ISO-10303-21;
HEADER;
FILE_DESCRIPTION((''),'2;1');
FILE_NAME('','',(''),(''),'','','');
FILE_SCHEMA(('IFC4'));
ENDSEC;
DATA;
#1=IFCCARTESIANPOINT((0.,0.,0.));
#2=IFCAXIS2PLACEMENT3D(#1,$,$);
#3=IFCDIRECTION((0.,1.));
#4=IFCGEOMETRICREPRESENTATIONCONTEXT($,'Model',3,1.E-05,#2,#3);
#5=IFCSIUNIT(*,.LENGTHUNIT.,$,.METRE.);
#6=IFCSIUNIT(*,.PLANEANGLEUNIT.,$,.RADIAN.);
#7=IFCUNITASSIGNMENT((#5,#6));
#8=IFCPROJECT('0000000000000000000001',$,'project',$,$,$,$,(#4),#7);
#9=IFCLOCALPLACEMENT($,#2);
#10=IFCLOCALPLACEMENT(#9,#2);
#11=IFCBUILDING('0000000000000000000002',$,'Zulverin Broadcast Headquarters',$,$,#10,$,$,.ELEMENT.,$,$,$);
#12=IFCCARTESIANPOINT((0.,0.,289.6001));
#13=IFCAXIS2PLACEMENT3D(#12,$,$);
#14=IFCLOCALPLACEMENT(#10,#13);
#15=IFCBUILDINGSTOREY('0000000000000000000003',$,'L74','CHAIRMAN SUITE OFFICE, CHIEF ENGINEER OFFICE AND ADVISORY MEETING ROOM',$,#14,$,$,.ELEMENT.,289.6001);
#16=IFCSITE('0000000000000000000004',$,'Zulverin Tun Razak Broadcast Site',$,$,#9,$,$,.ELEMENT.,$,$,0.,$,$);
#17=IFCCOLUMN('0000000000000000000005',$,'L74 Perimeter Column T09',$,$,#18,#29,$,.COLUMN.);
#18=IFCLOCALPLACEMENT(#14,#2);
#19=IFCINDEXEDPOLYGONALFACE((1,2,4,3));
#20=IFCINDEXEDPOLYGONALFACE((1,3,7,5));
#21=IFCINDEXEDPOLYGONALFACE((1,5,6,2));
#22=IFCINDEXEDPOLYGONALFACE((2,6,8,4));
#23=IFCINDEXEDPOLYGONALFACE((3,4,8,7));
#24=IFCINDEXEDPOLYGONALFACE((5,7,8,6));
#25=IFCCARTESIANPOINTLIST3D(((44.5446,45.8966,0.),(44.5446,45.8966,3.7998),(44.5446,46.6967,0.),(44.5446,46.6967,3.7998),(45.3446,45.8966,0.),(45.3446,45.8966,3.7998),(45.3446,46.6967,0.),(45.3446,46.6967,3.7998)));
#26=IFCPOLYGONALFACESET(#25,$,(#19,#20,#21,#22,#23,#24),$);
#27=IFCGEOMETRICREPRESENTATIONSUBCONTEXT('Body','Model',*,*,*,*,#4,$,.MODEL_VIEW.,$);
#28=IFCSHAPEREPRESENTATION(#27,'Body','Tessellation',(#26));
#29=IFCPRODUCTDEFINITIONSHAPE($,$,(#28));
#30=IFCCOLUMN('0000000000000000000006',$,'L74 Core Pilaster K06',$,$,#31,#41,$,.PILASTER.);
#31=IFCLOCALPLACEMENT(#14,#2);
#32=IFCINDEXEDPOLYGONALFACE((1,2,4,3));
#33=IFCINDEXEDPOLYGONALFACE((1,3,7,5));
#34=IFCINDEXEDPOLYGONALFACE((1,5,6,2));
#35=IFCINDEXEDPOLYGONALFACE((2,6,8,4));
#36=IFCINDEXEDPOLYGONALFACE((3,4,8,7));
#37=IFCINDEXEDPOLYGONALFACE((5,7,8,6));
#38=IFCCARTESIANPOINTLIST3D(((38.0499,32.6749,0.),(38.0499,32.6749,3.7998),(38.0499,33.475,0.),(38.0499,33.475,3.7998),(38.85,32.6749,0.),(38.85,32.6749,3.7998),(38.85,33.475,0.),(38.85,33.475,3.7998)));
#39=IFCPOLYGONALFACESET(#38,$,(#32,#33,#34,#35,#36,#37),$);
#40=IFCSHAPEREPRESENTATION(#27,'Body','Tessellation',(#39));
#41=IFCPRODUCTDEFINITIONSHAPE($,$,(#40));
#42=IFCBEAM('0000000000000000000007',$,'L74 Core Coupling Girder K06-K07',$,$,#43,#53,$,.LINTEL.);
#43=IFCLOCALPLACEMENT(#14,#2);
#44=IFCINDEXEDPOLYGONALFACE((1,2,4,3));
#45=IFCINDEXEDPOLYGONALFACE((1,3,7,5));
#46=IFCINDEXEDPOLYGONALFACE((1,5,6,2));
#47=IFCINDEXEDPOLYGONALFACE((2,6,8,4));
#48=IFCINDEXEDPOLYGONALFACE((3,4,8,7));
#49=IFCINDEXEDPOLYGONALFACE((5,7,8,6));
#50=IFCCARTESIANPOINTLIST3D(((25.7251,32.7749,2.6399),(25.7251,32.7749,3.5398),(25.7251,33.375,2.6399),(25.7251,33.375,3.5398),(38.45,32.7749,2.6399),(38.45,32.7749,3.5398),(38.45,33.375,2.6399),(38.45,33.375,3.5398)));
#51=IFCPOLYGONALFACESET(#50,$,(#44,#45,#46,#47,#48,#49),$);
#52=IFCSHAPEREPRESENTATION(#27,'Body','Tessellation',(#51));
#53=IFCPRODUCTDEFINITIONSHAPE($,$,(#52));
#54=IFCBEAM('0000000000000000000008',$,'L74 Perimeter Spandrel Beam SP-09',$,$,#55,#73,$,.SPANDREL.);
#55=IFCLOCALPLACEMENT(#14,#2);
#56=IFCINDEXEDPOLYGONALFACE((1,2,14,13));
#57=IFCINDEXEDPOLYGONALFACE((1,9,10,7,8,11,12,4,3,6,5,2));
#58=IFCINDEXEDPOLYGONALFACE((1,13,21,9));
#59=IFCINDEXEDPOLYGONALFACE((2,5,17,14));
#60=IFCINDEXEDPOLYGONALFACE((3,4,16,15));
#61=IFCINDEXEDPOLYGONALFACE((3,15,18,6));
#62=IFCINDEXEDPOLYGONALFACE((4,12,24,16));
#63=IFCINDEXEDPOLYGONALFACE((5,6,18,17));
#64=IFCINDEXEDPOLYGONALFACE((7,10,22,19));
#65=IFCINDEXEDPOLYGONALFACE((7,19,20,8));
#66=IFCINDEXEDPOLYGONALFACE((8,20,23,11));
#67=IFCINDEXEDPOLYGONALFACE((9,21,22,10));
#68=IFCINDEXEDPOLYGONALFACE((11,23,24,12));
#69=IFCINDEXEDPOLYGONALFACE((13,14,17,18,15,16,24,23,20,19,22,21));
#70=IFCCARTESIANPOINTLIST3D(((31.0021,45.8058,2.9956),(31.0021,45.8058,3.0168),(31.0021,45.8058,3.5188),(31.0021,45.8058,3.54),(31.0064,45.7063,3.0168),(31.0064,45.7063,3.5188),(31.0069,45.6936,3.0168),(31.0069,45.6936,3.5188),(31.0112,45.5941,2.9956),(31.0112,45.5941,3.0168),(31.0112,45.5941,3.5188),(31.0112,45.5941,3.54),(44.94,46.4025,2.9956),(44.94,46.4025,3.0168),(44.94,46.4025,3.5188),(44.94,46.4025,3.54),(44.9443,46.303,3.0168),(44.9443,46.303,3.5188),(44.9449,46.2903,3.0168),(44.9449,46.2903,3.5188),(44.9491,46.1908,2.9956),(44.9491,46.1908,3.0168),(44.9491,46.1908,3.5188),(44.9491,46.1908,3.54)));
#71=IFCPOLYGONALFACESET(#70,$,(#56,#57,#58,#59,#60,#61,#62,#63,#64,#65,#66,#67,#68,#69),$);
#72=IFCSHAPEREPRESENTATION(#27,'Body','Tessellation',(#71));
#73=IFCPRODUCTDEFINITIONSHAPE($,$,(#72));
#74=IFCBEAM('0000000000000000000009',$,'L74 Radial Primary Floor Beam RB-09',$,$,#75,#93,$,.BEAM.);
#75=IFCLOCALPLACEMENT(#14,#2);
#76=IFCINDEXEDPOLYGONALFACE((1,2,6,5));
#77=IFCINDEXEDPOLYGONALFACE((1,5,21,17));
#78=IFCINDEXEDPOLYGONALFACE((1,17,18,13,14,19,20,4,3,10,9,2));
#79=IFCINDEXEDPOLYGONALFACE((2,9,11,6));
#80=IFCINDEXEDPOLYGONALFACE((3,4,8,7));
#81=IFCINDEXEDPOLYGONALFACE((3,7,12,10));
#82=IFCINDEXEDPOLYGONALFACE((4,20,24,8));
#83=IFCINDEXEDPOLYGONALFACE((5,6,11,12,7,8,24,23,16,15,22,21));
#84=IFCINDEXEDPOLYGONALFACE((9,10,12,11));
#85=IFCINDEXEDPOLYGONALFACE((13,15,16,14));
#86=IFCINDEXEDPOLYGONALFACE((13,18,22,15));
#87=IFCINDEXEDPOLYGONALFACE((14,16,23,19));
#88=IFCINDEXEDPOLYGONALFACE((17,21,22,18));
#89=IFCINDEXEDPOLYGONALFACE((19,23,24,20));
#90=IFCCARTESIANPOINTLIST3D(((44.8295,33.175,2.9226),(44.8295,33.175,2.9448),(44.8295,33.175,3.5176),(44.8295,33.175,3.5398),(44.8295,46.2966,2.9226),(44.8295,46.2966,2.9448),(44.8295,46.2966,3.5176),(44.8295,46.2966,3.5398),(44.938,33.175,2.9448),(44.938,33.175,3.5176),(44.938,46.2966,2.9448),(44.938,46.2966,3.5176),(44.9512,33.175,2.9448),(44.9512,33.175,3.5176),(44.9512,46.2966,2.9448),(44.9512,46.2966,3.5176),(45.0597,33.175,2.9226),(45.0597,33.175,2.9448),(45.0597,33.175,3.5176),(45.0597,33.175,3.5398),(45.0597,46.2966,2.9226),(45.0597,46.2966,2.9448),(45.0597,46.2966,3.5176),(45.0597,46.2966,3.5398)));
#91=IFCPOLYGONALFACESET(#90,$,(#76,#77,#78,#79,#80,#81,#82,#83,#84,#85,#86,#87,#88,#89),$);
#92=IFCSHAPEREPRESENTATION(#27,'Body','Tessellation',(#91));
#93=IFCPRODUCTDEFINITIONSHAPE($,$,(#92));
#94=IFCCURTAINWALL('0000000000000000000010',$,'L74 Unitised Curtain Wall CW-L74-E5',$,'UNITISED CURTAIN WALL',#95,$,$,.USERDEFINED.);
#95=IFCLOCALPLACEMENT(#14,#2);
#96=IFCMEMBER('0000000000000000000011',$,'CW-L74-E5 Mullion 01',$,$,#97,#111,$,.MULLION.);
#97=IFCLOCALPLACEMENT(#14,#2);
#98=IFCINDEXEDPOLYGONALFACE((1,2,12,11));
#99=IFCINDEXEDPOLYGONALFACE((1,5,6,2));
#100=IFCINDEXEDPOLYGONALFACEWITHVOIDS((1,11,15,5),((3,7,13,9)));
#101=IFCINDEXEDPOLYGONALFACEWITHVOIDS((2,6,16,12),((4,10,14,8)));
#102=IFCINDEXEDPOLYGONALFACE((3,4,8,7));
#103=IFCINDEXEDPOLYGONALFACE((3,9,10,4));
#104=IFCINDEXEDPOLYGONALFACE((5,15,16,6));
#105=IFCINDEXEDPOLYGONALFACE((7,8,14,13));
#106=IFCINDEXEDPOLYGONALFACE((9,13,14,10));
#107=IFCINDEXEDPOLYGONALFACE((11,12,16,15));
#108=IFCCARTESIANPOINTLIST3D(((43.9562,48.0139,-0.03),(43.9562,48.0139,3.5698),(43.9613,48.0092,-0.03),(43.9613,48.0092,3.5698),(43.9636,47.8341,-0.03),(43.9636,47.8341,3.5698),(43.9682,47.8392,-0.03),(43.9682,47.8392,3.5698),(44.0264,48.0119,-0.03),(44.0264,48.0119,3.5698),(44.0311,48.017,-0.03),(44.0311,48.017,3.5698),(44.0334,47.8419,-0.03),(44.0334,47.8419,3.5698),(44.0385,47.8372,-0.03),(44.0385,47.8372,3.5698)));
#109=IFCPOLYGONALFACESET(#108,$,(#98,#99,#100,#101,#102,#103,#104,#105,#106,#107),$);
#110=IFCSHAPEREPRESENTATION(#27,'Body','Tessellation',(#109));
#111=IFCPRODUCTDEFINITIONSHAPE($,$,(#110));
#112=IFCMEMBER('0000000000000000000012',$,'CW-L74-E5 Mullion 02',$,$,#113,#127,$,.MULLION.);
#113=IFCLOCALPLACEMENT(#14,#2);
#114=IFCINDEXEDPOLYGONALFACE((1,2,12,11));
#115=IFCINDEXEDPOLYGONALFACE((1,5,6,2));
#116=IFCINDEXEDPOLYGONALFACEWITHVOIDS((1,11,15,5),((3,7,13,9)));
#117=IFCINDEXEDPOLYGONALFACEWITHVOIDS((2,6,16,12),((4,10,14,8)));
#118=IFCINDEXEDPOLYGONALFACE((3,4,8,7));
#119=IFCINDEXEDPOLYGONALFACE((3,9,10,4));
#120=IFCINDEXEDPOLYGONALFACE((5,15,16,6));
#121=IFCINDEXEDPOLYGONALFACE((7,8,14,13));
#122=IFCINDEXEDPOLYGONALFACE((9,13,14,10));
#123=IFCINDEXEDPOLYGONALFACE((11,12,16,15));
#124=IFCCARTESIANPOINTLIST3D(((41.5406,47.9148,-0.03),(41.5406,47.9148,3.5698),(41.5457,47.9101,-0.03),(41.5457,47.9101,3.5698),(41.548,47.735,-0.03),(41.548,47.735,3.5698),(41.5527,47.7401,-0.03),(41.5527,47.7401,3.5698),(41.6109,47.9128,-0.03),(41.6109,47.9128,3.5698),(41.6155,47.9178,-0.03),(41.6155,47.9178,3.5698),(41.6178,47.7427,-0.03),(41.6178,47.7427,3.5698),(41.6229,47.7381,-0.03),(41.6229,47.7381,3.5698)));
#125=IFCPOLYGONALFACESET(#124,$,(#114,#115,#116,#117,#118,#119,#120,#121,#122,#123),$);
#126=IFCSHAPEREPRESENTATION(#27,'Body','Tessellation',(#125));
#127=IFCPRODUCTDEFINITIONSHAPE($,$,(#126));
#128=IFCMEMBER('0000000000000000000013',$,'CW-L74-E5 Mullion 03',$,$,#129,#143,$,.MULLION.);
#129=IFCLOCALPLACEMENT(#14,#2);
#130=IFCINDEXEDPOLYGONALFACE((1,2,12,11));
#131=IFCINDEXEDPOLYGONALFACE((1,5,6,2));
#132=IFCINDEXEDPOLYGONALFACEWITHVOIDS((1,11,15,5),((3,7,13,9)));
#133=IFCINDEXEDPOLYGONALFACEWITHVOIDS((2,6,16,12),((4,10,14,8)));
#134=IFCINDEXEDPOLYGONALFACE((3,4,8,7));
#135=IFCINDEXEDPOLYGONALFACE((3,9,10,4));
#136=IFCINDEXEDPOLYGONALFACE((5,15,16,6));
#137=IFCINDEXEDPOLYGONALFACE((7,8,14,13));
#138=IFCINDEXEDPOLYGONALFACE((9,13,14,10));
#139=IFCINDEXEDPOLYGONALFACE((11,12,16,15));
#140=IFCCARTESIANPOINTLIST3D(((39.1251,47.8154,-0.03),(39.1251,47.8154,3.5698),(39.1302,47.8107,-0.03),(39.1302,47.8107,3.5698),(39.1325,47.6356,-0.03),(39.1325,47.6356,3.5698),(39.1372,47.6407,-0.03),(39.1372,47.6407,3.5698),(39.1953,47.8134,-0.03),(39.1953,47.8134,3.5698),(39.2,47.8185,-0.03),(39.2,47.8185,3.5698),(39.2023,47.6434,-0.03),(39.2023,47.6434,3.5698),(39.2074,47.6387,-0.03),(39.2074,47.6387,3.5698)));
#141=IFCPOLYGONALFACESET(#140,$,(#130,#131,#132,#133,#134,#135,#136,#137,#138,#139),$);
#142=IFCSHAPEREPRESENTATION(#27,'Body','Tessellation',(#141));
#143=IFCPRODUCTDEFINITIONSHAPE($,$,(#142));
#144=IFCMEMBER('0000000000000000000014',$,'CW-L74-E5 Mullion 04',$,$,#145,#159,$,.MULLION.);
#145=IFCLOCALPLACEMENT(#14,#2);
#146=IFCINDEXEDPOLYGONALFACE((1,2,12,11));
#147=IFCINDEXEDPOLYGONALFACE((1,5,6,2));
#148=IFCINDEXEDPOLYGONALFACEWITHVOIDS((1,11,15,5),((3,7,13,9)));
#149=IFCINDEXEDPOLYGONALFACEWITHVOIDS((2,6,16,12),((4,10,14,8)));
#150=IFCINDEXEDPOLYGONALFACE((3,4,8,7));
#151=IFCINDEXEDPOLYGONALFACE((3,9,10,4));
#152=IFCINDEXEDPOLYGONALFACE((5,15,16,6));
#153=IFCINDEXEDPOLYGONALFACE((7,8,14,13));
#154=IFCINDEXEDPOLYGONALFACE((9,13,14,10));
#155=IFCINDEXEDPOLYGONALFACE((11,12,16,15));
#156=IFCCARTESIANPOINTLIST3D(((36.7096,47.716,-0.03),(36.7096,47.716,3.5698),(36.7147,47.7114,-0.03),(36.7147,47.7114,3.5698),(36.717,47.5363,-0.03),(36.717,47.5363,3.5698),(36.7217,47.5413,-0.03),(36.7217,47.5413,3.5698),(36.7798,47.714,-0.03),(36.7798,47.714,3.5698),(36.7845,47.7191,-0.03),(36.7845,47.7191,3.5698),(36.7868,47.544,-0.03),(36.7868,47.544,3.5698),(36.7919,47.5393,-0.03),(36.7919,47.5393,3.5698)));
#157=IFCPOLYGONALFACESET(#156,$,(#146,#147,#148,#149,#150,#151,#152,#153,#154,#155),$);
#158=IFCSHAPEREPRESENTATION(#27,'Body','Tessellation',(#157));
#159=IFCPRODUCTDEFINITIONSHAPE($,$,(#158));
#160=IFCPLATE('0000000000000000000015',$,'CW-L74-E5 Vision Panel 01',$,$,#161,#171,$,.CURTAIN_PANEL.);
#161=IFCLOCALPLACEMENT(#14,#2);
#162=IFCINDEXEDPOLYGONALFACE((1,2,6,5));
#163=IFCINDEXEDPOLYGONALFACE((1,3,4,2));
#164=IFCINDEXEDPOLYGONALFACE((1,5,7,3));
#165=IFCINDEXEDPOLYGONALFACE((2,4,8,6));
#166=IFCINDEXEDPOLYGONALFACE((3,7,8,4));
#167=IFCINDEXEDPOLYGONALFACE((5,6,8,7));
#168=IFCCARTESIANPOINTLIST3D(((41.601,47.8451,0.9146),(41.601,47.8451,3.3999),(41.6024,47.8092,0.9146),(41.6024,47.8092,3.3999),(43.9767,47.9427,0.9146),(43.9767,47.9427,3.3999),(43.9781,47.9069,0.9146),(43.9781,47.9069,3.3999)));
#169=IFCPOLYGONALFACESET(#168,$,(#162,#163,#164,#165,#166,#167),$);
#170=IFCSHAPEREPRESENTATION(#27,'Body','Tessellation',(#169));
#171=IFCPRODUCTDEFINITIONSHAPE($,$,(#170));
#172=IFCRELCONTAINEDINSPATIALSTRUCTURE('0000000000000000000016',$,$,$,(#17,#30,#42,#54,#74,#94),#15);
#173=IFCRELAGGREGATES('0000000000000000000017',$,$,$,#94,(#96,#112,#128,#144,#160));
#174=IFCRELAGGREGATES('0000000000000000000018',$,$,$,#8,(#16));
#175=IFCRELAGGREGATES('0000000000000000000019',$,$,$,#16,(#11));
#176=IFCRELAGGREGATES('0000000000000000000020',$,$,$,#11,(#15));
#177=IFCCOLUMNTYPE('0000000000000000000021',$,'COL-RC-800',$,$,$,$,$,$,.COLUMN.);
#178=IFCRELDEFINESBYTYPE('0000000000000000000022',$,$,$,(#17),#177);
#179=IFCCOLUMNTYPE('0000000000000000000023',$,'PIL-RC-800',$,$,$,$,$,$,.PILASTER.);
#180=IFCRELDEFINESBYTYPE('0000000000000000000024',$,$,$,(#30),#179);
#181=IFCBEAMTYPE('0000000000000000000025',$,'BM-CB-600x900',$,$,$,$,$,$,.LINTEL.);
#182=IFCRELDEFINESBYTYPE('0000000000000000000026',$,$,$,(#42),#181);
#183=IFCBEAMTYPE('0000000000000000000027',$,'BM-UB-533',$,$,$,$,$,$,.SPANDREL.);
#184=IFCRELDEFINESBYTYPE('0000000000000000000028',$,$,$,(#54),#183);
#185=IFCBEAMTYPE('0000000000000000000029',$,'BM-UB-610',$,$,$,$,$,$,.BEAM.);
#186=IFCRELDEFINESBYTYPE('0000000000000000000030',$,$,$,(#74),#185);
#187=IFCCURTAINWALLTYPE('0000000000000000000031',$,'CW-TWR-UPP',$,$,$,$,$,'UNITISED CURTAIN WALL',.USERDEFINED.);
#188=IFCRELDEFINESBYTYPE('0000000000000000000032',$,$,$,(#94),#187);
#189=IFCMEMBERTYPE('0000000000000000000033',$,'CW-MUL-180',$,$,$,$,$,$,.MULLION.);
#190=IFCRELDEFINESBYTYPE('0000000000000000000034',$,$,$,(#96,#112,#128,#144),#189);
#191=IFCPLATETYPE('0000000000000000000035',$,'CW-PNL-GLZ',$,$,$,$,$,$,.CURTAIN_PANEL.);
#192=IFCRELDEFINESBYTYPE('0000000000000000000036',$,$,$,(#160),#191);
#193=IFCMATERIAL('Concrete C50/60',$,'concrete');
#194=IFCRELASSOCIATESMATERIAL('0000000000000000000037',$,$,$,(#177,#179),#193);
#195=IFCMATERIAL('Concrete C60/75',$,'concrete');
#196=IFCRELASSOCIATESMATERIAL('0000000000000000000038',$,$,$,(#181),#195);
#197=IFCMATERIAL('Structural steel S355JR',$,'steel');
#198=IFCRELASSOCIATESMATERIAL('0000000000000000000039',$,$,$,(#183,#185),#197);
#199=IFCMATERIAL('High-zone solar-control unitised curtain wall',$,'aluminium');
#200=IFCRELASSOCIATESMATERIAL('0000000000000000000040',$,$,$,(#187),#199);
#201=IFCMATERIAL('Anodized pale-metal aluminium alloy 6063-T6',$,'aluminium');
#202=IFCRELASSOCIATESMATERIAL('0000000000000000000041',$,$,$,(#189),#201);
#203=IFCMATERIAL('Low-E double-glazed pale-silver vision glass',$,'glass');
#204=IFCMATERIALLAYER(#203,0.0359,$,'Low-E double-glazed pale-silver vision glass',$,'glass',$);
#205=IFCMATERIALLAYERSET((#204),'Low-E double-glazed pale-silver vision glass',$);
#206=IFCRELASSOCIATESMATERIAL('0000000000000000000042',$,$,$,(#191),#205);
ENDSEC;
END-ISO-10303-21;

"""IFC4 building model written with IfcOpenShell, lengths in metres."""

from ifc_helpers import new_model, si_unit, direction, frame, origin, origin_2d, place, context, subcontext, project, spatial, rectangle, hollow_rectangle, i_section, extrude, material, layer, layer_set, material_profile, profile_set, type_object, element, aggregate, save


model = new_model("IFC4")

# Units and contexts
model_context = context("Model", 3, precision=1e-05, world=origin(), true_north=direction((0.0, 1.0)))
body_context = subcontext(model_context, "Body", "Model", "MODEL_VIEW")
ifc_project = project(units=[si_unit("LENGTHUNIT", "METRE"), si_unit("PLANEANGLEUNIT", "RADIAN")], contexts=[model_context])

# Site, building, storey
site_placement = place(None, origin())
site = spatial("IfcSite", under=ifc_project, at=site_placement, Name="Zulverin Tun Razak Broadcast Site", CompositionType="ELEMENT", RefElevation=0.0)
building_placement = place(site_placement, origin())
building = spatial("IfcBuilding", under=site, at=building_placement, Name="Zulverin Broadcast Headquarters", CompositionType="ELEMENT")
storey_placement = place(building_placement, frame((0.0, 0.0, 289.6001)))
storey = spatial("IfcBuildingStorey", under=building, at=storey_placement, Name="L74", Description="CHAIRMAN SUITE OFFICE, CHIEF ENGINEER OFFICE AND ADVISORY MEETING ROOM", CompositionType="ELEMENT", Elevation=289.6001)

# Columns
ifc_material_1 = material(Name="Concrete C50/60", Category="concrete")
ifc_material_profile_1 = material_profile(ifc_material_1, rectangle(XDim=0.8, YDim=0.8, at=origin_2d()), Name="Concrete C50/60", Category="concrete")
ifc_profile_set_1 = profile_set([ifc_material_profile_1], Name="Concrete C50/60")
column_type_1 = type_object("IfcColumnType", Name="COL-RC-800", PredefinedType="COLUMN", material=ifc_profile_set_1)
column_1_placement = place(storey_placement, frame((44.9446, 46.2966, 0.0), z_axis=(0.0, 0.0, 1.0), x_axis=(1.0, 0.0, 0.0)))
element("IfcColumn", 1, at=column_1_placement, inside=storey, type_object=column_type_1, Name="L74 Perimeter Column T09", PredefinedType="COLUMN", context=body_context, shape_type="SweptSolid", body=[
    extrude(rectangle(XDim=0.8, YDim=0.8, at=origin_2d()), origin(), (0.0, 0.0, 1.0), 3.7998),
])
ifc_material_profile_2 = material_profile(ifc_material_1, rectangle(XDim=0.8, YDim=0.8, at=origin_2d()), Name="Concrete C50/60", Category="concrete")
ifc_profile_set_2 = profile_set([ifc_material_profile_2], Name="Concrete C50/60")
column_type_2 = type_object("IfcColumnType", Name="PIL-RC-800", PredefinedType="PILASTER", material=ifc_profile_set_2)
column_2_placement = place(storey_placement, frame((38.45, 33.075, 0.0), z_axis=(0.0, 0.0, 1.0), x_axis=(1.0, 0.0, 0.0)))
element("IfcColumn", 2, at=column_2_placement, inside=storey, type_object=column_type_2, Name="L74 Core Pilaster K06", PredefinedType="PILASTER", context=body_context, shape_type="SweptSolid", body=[
    extrude(rectangle(XDim=0.8, YDim=0.8, at=origin_2d()), origin(), (0.0, 0.0, 1.0), 3.7998),
])

# Beams
ifc_material_2 = material(Name="Concrete C60/75", Category="concrete")
ifc_material_profile_3 = material_profile(ifc_material_2, rectangle(XDim=0.6001, YDim=0.8999, at=origin_2d()), Name="Concrete C60/75", Category="concrete")
ifc_profile_set_3 = profile_set([ifc_material_profile_3], Name="Concrete C60/75")
beam_type_1 = type_object("IfcBeamType", Name="BM-CB-600x900", PredefinedType="LINTEL", material=ifc_profile_set_3)
beam_1_placement = place(storey_placement, frame((38.45, 33.075, 3.0898), z_axis=(-1.0, 0.0, 0.0), x_axis=(0.0, -1.0, 0.0)))
element("IfcBeam", 3, at=beam_1_placement, inside=storey, type_object=beam_type_1, Name="L74 Core Coupling Girder K06-K07", PredefinedType="LINTEL", context=body_context, shape_type="SweptSolid", body=[
    extrude(rectangle(XDim=0.6001, YDim=0.8999, at=origin_2d()), origin(), (0.0, 0.0, 1.0), 12.7249),
])
ifc_material_3 = material(Name="Structural steel S355JR", Category="steel")
ifc_material_profile_4 = material_profile(ifc_material_3, i_section(OverallWidth=0.2119, OverallDepth=0.5444, WebThickness=0.0127, FlangeThickness=0.0212, at=origin_2d()), Name="Structural steel S355JR", Category="steel")
ifc_profile_set_4 = profile_set([ifc_material_profile_4], Name="Structural steel S355JR")
beam_type_2 = type_object("IfcBeamType", Name="BM-UB-533", PredefinedType="SPANDREL", material=ifc_profile_set_4)
beam_2_placement = place(storey_placement, frame((44.9446, 46.2966, 3.2678), z_axis=(-0.999085, -0.04277, 0.0), x_axis=(0.04277, -0.999085, 0.0)))
element("IfcBeam", 4, at=beam_2_placement, inside=storey, type_object=beam_type_2, Name="L74 Perimeter Spandrel Beam SP-09", PredefinedType="SPANDREL", context=body_context, shape_type="SweptSolid", body=[
    extrude(i_section(OverallWidth=0.2119, OverallDepth=0.5444, WebThickness=0.0127, FlangeThickness=0.0212, at=origin_2d()), origin(), (0.0, 0.0, 1.0), 13.9507),
])
ifc_material_profile_5 = material_profile(ifc_material_3, i_section(OverallWidth=0.2302, OverallDepth=0.6172, WebThickness=0.0132, FlangeThickness=0.0222, at=origin_2d()), Name="Structural steel S355JR", Category="steel")
ifc_profile_set_5 = profile_set([ifc_material_profile_5], Name="Structural steel S355JR")
beam_type_3 = type_object("IfcBeamType", Name="BM-UB-610", PredefinedType="BEAM", material=ifc_profile_set_5)
beam_3_placement = place(storey_placement, frame((44.9446, 33.175, 3.2312), z_axis=(0.0, 1.0, 0.0), x_axis=(-1.0, 0.0, 0.0)))
element("IfcBeam", 5, at=beam_3_placement, inside=storey, type_object=beam_type_3, Name="L74 Radial Primary Floor Beam RB-09", PredefinedType="BEAM", context=body_context, shape_type="SweptSolid", body=[
    extrude(i_section(OverallWidth=0.2302, OverallDepth=0.6172, WebThickness=0.0132, FlangeThickness=0.0222, at=origin_2d()), origin(), (0.0, 0.0, 1.0), 13.1216),
])

# Curtain wall, members, plate
ifc_material_4 = material(Name="High-zone solar-control unitised curtain wall", Category="aluminium")
curtain_wall_type = type_object("IfcCurtainWallType", Name="CW-TWR-UPP", ElementType="UNITISED CURTAIN WALL", PredefinedType="USERDEFINED", material=ifc_material_4)
curtain_wall_placement = place(storey_placement, origin())
curtain_wall = element("IfcCurtainWall", 6, at=curtain_wall_placement, inside=storey, type_object=curtain_wall_type, Name="L74 Unitised Curtain Wall CW-L74-E5", ObjectType="UNITISED CURTAIN WALL", PredefinedType="USERDEFINED")
ifc_material_5 = material(Name="Anodized pale-metal aluminium alloy 6063-T6", Category="aluminium")
ifc_material_profile_6 = material_profile(ifc_material_5, hollow_rectangle(XDim=0.075, YDim=0.1799, WallThickness=0.0049, at=origin_2d()), Name="Anodized pale-metal aluminium alloy 6063-T6", Category="aluminium")
ifc_profile_set_6 = profile_set([ifc_material_profile_6], Name="Anodized pale-metal aluminium alloy 6063-T6")
member_type = type_object("IfcMemberType", Name="CW-MUL-180", PredefinedType="MULLION", material=ifc_profile_set_6)
member_1_placement = place(storey_placement, frame((43.9973, 47.9255, -0.03), z_axis=(0.0, 0.0, 1.0), x_axis=(-0.999156, -0.041068, 0.0)))
member_1 = element("IfcMember", 7, at=member_1_placement, type_object=member_type, Name="CW-L74-E5 Mullion 01", PredefinedType="MULLION", context=body_context, shape_type="SweptSolid", body=[
    extrude(hollow_rectangle(XDim=0.075, YDim=0.1799, WallThickness=0.0049, at=origin_2d()), origin(), (0.0, 0.0, 1.0), 3.5999),
])
member_2_placement = place(storey_placement, frame((41.5818, 47.8264, -0.03), z_axis=(0.0, 0.0, 1.0), x_axis=(-0.999156, -0.041068, 0.0)))
member_2 = element("IfcMember", 8, at=member_2_placement, type_object=member_type, Name="CW-L74-E5 Mullion 02", PredefinedType="MULLION", context=body_context, shape_type="SweptSolid", body=[
    extrude(hollow_rectangle(XDim=0.075, YDim=0.1799, WallThickness=0.0049, at=origin_2d()), origin(), (0.0, 0.0, 1.0), 3.5999),
])
member_3_placement = place(storey_placement, frame((39.1663, 47.7271, -0.03), z_axis=(0.0, 0.0, 1.0), x_axis=(-0.999156, -0.041068, 0.0)))
member_3 = element("IfcMember", 9, at=member_3_placement, type_object=member_type, Name="CW-L74-E5 Mullion 03", PredefinedType="MULLION", context=body_context, shape_type="SweptSolid", body=[
    extrude(hollow_rectangle(XDim=0.075, YDim=0.1799, WallThickness=0.0049, at=origin_2d()), origin(), (0.0, 0.0, 1.0), 3.5999),
])
member_4_placement = place(storey_placement, frame((36.7507, 47.6277, -0.03), z_axis=(0.0, 0.0, 1.0), x_axis=(-0.999156, -0.041068, 0.0)))
member_4 = element("IfcMember", 10, at=member_4_placement, type_object=member_type, Name="CW-L74-E5 Mullion 04", PredefinedType="MULLION", context=body_context, shape_type="SweptSolid", body=[
    extrude(hollow_rectangle(XDim=0.075, YDim=0.1799, WallThickness=0.0049, at=origin_2d()), origin(), (0.0, 0.0, 1.0), 3.5999),
])
ifc_material_6 = material(Name="Low-E double-glazed pale-silver vision glass", Category="glass")
ifc_layer_1 = layer(ifc_material_6, 0.0359, Name="Low-E double-glazed pale-silver vision glass", Category="glass")
ifc_layer_set_1 = layer_set([ifc_layer_1], Name="Low-E double-glazed pale-silver vision glass")
plate_type_1 = type_object("IfcPlateType", Name="CW-PNL-GLZ", PredefinedType="CURTAIN_PANEL", material=ifc_layer_set_1)
plate_1_placement = place(storey_placement, frame((42.7896, 47.876, 0.9146), z_axis=(0.0, 0.0, 1.0), x_axis=(-0.999156, -0.041068, 0.0)))
plate_1 = element("IfcPlate", 11, at=plate_1_placement, type_object=plate_type_1, Name="CW-L74-E5 Vision Panel 01", PredefinedType="CURTAIN_PANEL", context=body_context, shape_type="SweptSolid", body=[
    extrude(rectangle(XDim=2.3777, YDim=0.0359, at=origin_2d()), origin(), (0.0, 0.0, 1.0), 2.4854),
])
aggregate(curtain_wall, [member_1, member_2, member_3, member_4, plate_1])

save(model, "model.ifc")
